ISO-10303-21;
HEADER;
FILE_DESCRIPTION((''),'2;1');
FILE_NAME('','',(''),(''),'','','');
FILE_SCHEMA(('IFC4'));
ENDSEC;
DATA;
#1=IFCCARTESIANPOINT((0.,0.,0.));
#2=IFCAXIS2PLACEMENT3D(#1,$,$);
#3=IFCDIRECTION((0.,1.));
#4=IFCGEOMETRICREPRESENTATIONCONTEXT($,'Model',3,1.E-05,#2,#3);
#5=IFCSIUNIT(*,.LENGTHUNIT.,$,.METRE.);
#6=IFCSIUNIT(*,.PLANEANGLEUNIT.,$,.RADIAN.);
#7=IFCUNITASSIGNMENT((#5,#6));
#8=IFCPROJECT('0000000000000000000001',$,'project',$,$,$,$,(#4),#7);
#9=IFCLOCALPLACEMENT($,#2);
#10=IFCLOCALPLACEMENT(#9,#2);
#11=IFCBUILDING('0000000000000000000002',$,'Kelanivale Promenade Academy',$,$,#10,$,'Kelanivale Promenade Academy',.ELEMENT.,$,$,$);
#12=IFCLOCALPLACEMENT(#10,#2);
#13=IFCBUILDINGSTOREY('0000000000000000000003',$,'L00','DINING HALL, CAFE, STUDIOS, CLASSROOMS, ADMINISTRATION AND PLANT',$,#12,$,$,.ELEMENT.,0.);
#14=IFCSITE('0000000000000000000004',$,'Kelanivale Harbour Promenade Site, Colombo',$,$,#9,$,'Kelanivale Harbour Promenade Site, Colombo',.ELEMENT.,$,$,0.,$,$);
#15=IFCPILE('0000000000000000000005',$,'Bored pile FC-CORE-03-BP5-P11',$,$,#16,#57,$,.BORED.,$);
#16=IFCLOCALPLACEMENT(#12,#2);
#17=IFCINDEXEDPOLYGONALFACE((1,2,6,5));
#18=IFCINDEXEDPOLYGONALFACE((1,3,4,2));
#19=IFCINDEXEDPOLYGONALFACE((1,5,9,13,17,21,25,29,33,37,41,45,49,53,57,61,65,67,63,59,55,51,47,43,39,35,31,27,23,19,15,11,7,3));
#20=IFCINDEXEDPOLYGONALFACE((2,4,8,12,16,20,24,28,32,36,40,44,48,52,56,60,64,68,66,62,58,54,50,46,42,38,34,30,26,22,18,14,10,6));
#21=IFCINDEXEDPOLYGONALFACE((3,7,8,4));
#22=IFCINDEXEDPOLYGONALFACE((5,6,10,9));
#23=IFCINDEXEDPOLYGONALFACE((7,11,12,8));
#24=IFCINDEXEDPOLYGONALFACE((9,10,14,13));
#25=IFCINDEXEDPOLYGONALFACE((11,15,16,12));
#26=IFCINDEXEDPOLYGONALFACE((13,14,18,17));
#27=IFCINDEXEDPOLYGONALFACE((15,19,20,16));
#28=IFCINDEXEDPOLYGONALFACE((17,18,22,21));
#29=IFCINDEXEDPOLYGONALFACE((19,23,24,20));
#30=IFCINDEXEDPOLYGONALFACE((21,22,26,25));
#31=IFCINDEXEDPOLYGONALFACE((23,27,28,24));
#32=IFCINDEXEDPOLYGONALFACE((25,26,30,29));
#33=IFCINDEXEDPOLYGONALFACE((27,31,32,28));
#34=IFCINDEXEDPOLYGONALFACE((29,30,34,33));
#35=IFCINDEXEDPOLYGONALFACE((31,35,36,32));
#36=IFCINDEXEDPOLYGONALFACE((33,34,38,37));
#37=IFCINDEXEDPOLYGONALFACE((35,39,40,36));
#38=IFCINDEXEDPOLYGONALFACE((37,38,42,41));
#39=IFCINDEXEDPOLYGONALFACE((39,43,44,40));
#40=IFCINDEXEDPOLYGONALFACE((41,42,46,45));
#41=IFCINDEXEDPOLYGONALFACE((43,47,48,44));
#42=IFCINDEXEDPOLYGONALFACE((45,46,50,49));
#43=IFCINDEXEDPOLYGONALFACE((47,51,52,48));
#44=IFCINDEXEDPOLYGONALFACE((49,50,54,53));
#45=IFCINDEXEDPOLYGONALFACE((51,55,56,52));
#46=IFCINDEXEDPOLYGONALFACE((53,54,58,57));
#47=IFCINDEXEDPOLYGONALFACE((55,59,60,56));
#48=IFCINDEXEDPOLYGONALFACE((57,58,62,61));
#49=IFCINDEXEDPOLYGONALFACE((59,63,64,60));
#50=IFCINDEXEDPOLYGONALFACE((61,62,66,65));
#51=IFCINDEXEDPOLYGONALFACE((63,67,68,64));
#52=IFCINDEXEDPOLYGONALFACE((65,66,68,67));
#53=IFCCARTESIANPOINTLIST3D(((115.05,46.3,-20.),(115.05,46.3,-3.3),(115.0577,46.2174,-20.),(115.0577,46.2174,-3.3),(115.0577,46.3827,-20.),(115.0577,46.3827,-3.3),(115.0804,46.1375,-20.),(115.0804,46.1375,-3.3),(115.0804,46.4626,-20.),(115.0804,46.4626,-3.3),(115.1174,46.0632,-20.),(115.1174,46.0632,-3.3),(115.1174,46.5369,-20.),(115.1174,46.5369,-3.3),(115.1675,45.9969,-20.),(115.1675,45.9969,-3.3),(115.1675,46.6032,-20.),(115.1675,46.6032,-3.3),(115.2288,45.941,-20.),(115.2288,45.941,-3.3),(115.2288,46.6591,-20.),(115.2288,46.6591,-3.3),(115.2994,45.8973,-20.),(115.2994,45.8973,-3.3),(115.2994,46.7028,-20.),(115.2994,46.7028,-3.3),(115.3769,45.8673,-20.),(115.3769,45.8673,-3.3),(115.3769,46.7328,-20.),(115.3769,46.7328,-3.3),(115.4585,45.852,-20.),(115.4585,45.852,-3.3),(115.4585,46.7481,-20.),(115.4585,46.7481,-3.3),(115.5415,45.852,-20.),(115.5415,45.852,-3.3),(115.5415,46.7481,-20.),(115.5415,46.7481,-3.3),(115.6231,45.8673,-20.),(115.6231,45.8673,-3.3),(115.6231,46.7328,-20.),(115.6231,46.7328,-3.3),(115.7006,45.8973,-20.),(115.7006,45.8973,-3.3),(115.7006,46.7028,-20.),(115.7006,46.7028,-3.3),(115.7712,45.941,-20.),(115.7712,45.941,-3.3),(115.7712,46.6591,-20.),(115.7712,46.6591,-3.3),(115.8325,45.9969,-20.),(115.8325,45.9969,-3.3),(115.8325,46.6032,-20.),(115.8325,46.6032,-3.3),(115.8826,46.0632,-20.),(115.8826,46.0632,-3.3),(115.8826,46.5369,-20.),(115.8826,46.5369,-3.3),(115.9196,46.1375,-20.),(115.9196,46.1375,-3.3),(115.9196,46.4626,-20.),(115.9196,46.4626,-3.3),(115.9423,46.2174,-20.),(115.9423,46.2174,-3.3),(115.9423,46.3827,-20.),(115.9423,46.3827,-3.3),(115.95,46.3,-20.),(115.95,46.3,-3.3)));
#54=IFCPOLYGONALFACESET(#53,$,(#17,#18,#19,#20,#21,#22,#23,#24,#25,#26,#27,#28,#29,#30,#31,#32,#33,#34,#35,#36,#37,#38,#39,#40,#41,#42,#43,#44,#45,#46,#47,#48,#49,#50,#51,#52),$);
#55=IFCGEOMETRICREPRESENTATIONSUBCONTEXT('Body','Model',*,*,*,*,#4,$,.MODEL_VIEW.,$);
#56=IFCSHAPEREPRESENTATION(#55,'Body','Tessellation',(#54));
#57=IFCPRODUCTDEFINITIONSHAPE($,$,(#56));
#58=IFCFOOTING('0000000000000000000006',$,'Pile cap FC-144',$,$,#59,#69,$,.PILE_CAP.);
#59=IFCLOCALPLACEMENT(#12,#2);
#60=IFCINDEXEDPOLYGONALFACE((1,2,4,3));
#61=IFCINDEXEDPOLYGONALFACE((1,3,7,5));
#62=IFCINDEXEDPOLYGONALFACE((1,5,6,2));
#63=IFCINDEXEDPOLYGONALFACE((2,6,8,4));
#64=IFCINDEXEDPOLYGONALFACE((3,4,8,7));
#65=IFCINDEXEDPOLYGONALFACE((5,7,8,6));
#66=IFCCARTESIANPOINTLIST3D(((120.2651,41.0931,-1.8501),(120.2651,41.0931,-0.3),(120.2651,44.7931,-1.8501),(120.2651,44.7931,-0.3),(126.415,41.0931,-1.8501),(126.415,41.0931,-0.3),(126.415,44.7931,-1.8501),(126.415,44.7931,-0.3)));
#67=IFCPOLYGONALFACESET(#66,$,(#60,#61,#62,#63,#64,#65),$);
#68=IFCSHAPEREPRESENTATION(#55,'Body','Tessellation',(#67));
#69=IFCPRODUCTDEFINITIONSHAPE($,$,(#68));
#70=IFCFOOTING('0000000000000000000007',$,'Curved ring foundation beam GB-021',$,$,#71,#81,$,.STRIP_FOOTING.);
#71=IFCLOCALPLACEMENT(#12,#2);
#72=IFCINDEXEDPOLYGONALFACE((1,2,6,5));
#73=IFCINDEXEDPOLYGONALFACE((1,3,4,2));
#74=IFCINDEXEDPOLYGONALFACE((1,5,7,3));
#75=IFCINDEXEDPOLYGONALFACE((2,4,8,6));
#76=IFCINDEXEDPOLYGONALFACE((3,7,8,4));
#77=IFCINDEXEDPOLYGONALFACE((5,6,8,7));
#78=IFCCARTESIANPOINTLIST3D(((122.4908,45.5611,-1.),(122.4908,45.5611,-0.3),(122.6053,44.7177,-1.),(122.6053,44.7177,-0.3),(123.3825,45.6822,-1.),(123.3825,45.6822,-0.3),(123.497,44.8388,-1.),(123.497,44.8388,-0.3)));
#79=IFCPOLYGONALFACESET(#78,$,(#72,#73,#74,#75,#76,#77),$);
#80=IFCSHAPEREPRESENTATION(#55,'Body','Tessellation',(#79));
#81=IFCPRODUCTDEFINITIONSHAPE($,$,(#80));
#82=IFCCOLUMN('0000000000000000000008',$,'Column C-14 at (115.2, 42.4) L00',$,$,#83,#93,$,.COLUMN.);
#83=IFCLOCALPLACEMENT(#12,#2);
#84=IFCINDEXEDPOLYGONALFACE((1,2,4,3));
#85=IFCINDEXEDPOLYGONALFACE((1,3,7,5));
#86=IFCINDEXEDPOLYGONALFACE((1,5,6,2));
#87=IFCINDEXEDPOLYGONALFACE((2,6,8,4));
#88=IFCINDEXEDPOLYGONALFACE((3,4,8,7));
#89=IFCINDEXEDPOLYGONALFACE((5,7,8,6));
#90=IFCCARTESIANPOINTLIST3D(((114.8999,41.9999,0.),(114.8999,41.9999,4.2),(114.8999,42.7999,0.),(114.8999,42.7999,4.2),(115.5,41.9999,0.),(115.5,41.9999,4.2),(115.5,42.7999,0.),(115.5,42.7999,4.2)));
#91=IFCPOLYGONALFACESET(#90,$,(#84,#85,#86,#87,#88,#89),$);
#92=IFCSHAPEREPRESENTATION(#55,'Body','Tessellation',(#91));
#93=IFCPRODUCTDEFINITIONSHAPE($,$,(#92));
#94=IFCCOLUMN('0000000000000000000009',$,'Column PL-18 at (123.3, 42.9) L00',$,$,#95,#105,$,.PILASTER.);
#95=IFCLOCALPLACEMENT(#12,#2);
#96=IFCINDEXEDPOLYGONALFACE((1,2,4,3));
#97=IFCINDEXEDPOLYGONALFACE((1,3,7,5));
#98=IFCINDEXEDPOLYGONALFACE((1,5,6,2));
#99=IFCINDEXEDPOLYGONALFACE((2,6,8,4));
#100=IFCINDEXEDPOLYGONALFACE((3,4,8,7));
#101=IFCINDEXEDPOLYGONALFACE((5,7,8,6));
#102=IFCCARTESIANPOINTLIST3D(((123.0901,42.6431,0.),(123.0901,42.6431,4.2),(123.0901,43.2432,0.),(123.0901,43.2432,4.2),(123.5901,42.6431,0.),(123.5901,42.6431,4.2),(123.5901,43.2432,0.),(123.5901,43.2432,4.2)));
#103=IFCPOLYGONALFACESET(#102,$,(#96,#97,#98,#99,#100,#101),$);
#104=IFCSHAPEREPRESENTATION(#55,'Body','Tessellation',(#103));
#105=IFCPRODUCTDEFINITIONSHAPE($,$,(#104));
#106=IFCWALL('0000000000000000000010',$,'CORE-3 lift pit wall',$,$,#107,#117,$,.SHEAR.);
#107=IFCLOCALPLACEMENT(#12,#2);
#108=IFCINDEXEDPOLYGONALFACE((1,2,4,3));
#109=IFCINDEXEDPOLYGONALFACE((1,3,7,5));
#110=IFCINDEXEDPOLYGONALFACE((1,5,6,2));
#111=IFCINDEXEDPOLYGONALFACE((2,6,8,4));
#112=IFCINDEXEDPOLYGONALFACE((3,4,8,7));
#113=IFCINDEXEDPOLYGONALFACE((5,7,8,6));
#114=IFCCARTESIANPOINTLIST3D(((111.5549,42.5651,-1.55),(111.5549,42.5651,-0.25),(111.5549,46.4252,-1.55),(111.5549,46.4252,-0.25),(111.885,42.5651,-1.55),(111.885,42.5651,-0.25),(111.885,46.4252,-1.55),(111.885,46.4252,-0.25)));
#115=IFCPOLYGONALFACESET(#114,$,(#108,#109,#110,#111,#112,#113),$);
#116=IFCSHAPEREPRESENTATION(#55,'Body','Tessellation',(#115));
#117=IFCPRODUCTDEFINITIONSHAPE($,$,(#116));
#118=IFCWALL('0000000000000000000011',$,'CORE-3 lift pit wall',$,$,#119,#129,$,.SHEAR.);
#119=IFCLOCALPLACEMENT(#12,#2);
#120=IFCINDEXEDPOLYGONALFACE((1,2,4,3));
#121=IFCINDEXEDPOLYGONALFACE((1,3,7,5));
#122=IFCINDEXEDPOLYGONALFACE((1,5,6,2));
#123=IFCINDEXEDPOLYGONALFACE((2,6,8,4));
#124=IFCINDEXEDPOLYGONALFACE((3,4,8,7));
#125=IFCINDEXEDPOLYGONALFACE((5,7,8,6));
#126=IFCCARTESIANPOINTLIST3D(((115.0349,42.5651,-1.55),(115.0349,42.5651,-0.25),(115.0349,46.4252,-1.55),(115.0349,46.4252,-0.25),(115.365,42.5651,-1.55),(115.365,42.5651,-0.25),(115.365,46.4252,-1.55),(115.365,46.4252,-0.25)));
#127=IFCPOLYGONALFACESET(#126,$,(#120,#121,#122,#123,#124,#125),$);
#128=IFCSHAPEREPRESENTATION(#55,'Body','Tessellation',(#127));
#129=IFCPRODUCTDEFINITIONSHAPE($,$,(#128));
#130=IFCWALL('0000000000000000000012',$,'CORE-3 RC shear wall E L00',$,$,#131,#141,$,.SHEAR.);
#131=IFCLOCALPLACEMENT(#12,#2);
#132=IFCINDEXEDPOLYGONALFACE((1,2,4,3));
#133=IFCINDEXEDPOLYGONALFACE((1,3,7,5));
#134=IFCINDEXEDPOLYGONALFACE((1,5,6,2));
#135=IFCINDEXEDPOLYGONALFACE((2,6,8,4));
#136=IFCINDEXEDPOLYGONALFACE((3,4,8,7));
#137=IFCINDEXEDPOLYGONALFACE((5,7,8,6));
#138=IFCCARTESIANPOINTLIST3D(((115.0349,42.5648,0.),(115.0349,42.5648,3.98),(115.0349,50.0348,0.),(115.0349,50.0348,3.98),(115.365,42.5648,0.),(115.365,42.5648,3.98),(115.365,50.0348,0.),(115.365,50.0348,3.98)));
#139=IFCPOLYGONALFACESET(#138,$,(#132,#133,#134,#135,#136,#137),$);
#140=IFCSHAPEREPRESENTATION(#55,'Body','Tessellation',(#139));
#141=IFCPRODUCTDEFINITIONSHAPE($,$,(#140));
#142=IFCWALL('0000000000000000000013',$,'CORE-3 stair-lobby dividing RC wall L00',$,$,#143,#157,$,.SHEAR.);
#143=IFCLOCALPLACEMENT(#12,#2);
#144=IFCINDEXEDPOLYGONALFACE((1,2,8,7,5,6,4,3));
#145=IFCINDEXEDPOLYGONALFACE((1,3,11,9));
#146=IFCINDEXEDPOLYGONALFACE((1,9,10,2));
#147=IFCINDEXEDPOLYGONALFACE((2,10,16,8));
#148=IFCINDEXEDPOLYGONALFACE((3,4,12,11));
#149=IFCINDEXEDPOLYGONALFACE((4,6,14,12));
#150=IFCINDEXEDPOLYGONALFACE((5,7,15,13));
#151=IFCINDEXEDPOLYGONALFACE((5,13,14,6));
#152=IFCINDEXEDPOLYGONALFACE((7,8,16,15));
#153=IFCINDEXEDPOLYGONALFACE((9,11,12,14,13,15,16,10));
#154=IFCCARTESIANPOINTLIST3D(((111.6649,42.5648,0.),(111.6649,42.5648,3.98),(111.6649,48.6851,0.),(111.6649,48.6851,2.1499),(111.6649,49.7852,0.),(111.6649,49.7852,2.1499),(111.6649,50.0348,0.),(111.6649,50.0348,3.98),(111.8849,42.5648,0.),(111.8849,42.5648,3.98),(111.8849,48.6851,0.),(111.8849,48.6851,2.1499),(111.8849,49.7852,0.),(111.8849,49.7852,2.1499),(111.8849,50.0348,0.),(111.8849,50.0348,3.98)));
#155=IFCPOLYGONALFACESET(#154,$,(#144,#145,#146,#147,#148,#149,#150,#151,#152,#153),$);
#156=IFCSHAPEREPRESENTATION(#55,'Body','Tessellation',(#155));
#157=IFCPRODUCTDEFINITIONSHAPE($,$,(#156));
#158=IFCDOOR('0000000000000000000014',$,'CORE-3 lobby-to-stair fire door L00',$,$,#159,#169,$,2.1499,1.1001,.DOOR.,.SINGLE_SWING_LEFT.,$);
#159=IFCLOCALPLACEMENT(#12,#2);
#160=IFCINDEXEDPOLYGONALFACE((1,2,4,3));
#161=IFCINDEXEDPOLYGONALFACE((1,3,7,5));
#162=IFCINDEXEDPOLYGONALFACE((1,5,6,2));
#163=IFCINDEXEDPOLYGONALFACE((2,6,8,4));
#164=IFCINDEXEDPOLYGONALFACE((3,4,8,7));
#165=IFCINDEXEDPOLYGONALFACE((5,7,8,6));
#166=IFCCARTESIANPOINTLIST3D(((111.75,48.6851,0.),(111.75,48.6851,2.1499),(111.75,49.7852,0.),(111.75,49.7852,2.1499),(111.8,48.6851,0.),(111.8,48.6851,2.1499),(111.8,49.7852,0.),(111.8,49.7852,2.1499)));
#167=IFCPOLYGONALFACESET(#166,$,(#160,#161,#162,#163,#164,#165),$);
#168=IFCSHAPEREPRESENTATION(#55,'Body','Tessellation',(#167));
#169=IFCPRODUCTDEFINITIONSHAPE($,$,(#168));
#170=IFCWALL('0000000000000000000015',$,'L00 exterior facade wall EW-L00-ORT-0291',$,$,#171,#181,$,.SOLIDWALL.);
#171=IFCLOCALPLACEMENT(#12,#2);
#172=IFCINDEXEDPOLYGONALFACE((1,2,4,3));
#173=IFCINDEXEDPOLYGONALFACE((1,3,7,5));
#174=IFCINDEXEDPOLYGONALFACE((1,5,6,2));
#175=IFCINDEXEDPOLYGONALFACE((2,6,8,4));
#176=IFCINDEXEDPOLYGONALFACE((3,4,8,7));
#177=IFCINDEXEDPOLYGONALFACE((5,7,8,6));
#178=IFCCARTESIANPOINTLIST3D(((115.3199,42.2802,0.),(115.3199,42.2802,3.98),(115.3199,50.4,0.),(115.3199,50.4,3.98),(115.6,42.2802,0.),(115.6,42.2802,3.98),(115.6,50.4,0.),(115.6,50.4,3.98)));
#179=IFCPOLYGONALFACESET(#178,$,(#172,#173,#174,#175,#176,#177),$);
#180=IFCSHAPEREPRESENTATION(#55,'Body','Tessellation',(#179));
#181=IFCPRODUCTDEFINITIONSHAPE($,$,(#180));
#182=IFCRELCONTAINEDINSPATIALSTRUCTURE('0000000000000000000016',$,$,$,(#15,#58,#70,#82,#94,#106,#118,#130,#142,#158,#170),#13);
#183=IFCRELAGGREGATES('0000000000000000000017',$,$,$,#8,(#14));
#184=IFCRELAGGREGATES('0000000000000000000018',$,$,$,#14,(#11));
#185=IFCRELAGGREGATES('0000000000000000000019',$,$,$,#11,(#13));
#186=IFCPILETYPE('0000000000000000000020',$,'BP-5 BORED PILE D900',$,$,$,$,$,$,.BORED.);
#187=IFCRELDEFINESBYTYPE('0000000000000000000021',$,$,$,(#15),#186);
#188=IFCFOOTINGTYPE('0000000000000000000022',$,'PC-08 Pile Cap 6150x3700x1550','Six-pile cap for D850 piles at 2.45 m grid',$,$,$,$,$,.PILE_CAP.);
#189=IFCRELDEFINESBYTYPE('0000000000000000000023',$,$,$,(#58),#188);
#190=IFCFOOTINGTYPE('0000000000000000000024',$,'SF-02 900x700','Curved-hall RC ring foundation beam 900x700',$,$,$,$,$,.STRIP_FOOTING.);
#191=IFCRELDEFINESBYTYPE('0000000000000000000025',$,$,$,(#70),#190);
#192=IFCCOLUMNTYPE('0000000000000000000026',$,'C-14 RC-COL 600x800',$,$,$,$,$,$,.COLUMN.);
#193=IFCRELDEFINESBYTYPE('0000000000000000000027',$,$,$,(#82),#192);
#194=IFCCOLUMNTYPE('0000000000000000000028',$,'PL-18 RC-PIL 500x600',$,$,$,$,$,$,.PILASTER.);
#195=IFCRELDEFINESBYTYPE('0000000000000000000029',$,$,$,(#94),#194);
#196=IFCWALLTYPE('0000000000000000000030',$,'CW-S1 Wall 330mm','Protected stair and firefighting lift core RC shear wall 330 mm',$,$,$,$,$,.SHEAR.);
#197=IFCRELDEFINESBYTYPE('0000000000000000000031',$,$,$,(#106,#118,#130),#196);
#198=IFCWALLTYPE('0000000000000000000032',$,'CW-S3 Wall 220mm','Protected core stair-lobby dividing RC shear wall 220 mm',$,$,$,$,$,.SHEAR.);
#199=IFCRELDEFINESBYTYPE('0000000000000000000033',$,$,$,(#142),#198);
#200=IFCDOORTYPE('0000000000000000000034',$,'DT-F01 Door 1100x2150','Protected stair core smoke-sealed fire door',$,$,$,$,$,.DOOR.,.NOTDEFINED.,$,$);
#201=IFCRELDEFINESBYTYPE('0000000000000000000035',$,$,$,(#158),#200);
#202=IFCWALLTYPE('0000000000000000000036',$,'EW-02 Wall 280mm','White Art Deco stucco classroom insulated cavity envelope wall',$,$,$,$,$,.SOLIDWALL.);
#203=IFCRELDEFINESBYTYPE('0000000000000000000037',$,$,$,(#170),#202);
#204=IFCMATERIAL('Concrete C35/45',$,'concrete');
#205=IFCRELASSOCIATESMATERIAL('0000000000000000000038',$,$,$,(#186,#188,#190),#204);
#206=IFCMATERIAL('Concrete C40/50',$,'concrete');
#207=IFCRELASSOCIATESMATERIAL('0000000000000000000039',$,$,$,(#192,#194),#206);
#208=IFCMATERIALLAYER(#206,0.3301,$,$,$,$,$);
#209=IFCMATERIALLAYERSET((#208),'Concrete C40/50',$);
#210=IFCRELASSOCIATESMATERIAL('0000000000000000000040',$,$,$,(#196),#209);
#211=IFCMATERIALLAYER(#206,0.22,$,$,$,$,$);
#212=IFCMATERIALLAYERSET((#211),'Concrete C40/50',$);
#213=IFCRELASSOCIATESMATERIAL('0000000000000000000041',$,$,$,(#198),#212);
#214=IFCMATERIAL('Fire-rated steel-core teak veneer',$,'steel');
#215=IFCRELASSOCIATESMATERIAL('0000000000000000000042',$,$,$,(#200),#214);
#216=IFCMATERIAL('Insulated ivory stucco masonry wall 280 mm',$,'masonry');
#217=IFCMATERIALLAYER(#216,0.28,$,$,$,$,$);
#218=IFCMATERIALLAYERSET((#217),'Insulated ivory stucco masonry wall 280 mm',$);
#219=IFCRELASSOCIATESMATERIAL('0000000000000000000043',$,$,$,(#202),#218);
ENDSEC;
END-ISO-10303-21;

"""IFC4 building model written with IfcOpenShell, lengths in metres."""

from ifc_helpers import new_model, si_unit, direction, frame, frame_2d, origin, origin_2d, place, context, subcontext, project, spatial, rectangle, circle, extrude, material, layer, layer_set, material_profile, profile_set, type_object, element, fill, save


model = new_model("IFC4")

# Units and contexts
model_context = context("Model", 3, precision=1e-05, world=origin(), true_north=direction((0.0, 1.0)))
body_context = subcontext(model_context, "Body", "Model", "MODEL_VIEW")
ifc_project = project(units=[si_unit("LENGTHUNIT", "METRE"), si_unit("PLANEANGLEUNIT", "RADIAN")], contexts=[model_context])

# Site, building, storey
site_placement = place(None, origin())
site = spatial("IfcSite", under=ifc_project, at=site_placement, Name="Kelanivale Harbour Promenade Site, Colombo", LongName="Kelanivale Harbour Promenade Site, Colombo", CompositionType="ELEMENT", RefElevation=0.0)
building_placement = place(site_placement, origin())
building = spatial("IfcBuilding", under=site, at=building_placement, Name="Kelanivale Promenade Academy", LongName="Kelanivale Promenade Academy", CompositionType="ELEMENT")
storey_placement = place(building_placement, origin())
storey = spatial("IfcBuildingStorey", under=building, at=storey_placement, Name="L00", Description="DINING HALL, CAFE, STUDIOS, CLASSROOMS, ADMINISTRATION AND PLANT", CompositionType="ELEMENT", Elevation=0.0)

# Pile
ifc_material_1 = material(Name="Concrete C35/45", Category="concrete")
ifc_material_profile_1 = material_profile(ifc_material_1, circle(Radius=0.45, at=origin_2d()), Name="BORED PILE D900")
ifc_profile_set_1 = profile_set([ifc_material_profile_1], Name="Concrete C35/45")
pile_type_1 = type_object("IfcPileType", Name="BP-5 BORED PILE D900", PredefinedType="BORED", material=ifc_profile_set_1)
for number, where, z_axis, x_axis, name in (
    (1, (115.5, 46.3, -3.3), (0.0, 0.0, -1.0), (1.0, 0.0, 0.0), "Bored pile FC-CORE-03-BP5-P11"),
):
    element("IfcPile", number, at=place(storey_placement, frame(where, z_axis=z_axis, x_axis=x_axis)), inside=storey, type_object=pile_type_1, Name=name, PredefinedType="BORED", context=body_context, shape_type="SweptSolid", body=[
        extrude(circle(Radius=0.45, at=origin_2d()), origin(), (0.0, 0.0, 1.0), 16.7),
    ])

# Footings
footing_type_1 = type_object("IfcFootingType", Name="PC-08 Pile Cap 6150x3700x1550", Description="Six-pile cap for D850 piles at 2.45 m grid", PredefinedType="PILE_CAP", material=ifc_material_1)
footing_1_placement = place(storey_placement, frame((123.3401, 42.9431, -1.8501), z_axis=(0.0, 0.0, 1.0), x_axis=(1.0, 0.0, 0.0)))
element("IfcFooting", 2, at=footing_1_placement, inside=storey, type_object=footing_type_1, Name="Pile cap FC-144", PredefinedType="PILE_CAP", context=body_context, shape_type="SweptSolid", body=[
    extrude(rectangle(XDim=6.1499, YDim=3.7, at=origin_2d()), origin(), (0.0, 0.0, 1.0), 1.55),
])
footing_type_2 = type_object("IfcFootingType", Name="SF-02 900x700", Description="Curved-hall RC ring foundation beam 900x700", PredefinedType="STRIP_FOOTING", material=ifc_material_1)
footing_2_placement = place(storey_placement, frame((122.9939, 45.2, -1.0), z_axis=(0.0, 0.0, 1.0), x_axis=(-0.134557, 0.990906, 0.0)))
element("IfcFooting", 3, at=footing_2_placement, inside=storey, type_object=footing_type_2, Name="Curved ring foundation beam GB-021", PredefinedType="STRIP_FOOTING", context=body_context, shape_type="SweptSolid", body=[
    extrude(rectangle(XDim=0.8511, YDim=0.8999, at=origin_2d()), origin(), (0.0, 0.0, 1.0), 0.7),
])

# Columns
ifc_material_2 = material(Name="Concrete C40/50", Category="concrete")
ifc_material_profile_2 = material_profile(ifc_material_2, rectangle(XDim=0.6001, YDim=0.8, at=origin_2d()), Name="RC-COL 600x800")
ifc_profile_set_2 = profile_set([ifc_material_profile_2], Name="Concrete C40/50")
column_type_1 = type_object("IfcColumnType", Name="C-14 RC-COL 600x800", PredefinedType="COLUMN", material=ifc_profile_set_2)
column_1_placement = place(storey_placement, frame((115.2, 42.3999, 0.0), z_axis=(0.0, 0.0, 1.0), x_axis=(1.0, 0.0, 0.0)))
element("IfcColumn", 4, at=column_1_placement, inside=storey, type_object=column_type_1, Name="Column C-14 at (115.2, 42.4) L00", PredefinedType="COLUMN", context=body_context, shape_type="SweptSolid", body=[
    extrude(rectangle(XDim=0.6001, YDim=0.8, at=origin_2d()), origin(), (0.0, 0.0, 1.0), 4.2),
])
ifc_material_profile_3 = material_profile(ifc_material_2, rectangle(XDim=0.5, YDim=0.6001, at=origin_2d()), Name="RC-PIL 500x600")
ifc_profile_set_3 = profile_set([ifc_material_profile_3], Name="Concrete C40/50")
column_type_2 = type_object("IfcColumnType", Name="PL-18 RC-PIL 500x600", PredefinedType="PILASTER", material=ifc_profile_set_3)
column_2_placement = place(storey_placement, frame((123.3401, 42.9431, 0.0), z_axis=(0.0, 0.0, 1.0), x_axis=(1.0, 0.0, 0.0)))
element("IfcColumn", 5, at=column_2_placement, inside=storey, type_object=column_type_2, Name="Column PL-18 at (123.3, 42.9) L00", PredefinedType="PILASTER", context=body_context, shape_type="SweptSolid", body=[
    extrude(rectangle(XDim=0.5, YDim=0.6001, at=origin_2d()), origin(), (0.0, 0.0, 1.0), 4.2),
])

# Walls
ifc_layer_1 = layer(ifc_material_2, 0.3301)
ifc_layer_set_1 = layer_set([ifc_layer_1], Name="Concrete C40/50")
wall_type_1 = type_object("IfcWallType", Name="CW-S1 Wall 330mm", Description="Protected stair and firefighting lift core RC shear wall 330 mm", PredefinedType="SHEAR", material=ifc_layer_set_1)
for number, where, z_axis, x_axis, name in (
    (6, (111.72, 42.5649, -1.55), (0.0, 0.0, 1.0), (0.0, 1.0, 0.0), "CORE-3 lift pit wall"),
    (7, (115.2, 42.5649, -1.55), (0.0, 0.0, 1.0), (0.0, 1.0, 0.0), "CORE-3 lift pit wall"),
):
    element("IfcWall", number, at=place(storey_placement, frame(where, z_axis=z_axis, x_axis=x_axis)), inside=storey, type_object=wall_type_1, Name=name, PredefinedType="SHEAR", context=body_context, shape_type="SweptSolid", body=[
        extrude(rectangle(XDim=3.8601, YDim=0.3301, at=frame_2d((1.9302, 0.0))), origin(), (0.0, 0.0, 1.0), 1.3),
    ])
wall_1_placement = place(storey_placement, frame((115.2, 42.5649, 0.0), z_axis=(0.0, 0.0, 1.0), x_axis=(0.0, 1.0, 0.0)))
element("IfcWall", 8, at=wall_1_placement, inside=storey, type_object=wall_type_1, Name="CORE-3 RC shear wall E L00", PredefinedType="SHEAR", context=body_context, shape_type="SweptSolid", body=[
    extrude(rectangle(XDim=7.47, YDim=0.3301, at=frame_2d((3.7349, 0.0))), origin(), (0.0, 0.0, 1.0), 3.98),
])

# Wall, opening, door
ifc_material_3 = material(Name="Fire-rated steel-core teak veneer", Category="steel")
ifc_layer_2 = layer(ifc_material_2, 0.22)
ifc_layer_set_2 = layer_set([ifc_layer_2], Name="Concrete C40/50")
wall_type_2 = type_object("IfcWallType", Name="CW-S3 Wall 220mm", Description="Protected core stair-lobby dividing RC shear wall 220 mm", PredefinedType="SHEAR", material=ifc_layer_set_2)
wall_2_placement = place(storey_placement, frame((111.7749, 42.5649, 0.0), z_axis=(0.0, 0.0, 1.0), x_axis=(0.0, 1.0, 0.0)))
wall_2 = element("IfcWall", 9, at=wall_2_placement, inside=storey, type_object=wall_type_2, Name="CORE-3 stair-lobby dividing RC wall L00", PredefinedType="SHEAR", context=body_context, shape_type="SweptSolid", body=[
    extrude(rectangle(XDim=7.47, YDim=0.22, at=frame_2d((3.7349, 0.0))), origin(), (0.0, 0.0, 1.0), 3.98),
])
opening_1_placement = place(wall_2_placement, frame((6.1201, 0.0, 0.0)))
opening_1 = element("IfcOpeningElement", 10, at=opening_1_placement, cuts=wall_2, PredefinedType="OPENING", context=body_context, shape_type="SweptSolid", body=[
    extrude(rectangle(XDim=1.1001, YDim=2.1499, at=frame_2d((0.55, 1.075))), frame((0.0, 0.1201, 0.0), z_axis=(0.0, -1.0, 0.0), x_axis=(1.0, 0.0, 0.0)), (0.0, 0.0, 1.0), 0.24),
])
door_type_1 = type_object("IfcDoorType", Name="DT-F01 Door 1100x2150", Description="Protected stair core smoke-sealed fire door", OperationType="NOTDEFINED", PredefinedType="DOOR", material=ifc_material_3)
door_1_placement = place(opening_1_placement, origin())
door_1 = element("IfcDoor", 11, at=door_1_placement, inside=storey, type_object=door_type_1, Name="CORE-3 lobby-to-stair fire door L00", OperationType="SINGLE_SWING_LEFT", OverallHeight=2.1499, OverallWidth=1.1001, PredefinedType="DOOR", context=body_context, shape_type="SweptSolid", body=[
    extrude(rectangle(XDim=1.1001, YDim=2.1499, at=frame_2d((0.55, 1.075))), frame((0.0, 0.0249, 0.0), z_axis=(0.0, -1.0, 0.0), x_axis=(1.0, 0.0, 0.0)), (0.0, 0.0, 1.0), 0.05),
])
fill(opening_1, door_1)

# Wall
ifc_material_4 = material(Name="Insulated ivory stucco masonry wall 280 mm", Category="masonry")
ifc_layer_3 = layer(ifc_material_4, 0.28)
ifc_layer_set_3 = layer_set([ifc_layer_3], Name="Insulated ivory stucco masonry wall 280 mm")
wall_type_3 = type_object("IfcWallType", Name="EW-02 Wall 280mm", Description="White Art Deco stucco classroom insulated cavity envelope wall", PredefinedType="SOLIDWALL", material=ifc_layer_set_3)
wall_3_placement = place(storey_placement, frame((115.46, 42.28, 0.0), z_axis=(0.0, 0.0, 1.0), x_axis=(0.0, 1.0, 0.0)))
element("IfcWall", 12, at=wall_3_placement, inside=storey, type_object=wall_type_3, Name="L00 exterior facade wall EW-L00-ORT-0291", PredefinedType="SOLIDWALL", context=body_context, shape_type="SweptSolid", body=[
    extrude(rectangle(XDim=8.1199, YDim=0.28, at=frame_2d((4.0601, 0.0))), origin(), (0.0, 0.0, 1.0), 3.98),
])

save(model, "model.ifc")
